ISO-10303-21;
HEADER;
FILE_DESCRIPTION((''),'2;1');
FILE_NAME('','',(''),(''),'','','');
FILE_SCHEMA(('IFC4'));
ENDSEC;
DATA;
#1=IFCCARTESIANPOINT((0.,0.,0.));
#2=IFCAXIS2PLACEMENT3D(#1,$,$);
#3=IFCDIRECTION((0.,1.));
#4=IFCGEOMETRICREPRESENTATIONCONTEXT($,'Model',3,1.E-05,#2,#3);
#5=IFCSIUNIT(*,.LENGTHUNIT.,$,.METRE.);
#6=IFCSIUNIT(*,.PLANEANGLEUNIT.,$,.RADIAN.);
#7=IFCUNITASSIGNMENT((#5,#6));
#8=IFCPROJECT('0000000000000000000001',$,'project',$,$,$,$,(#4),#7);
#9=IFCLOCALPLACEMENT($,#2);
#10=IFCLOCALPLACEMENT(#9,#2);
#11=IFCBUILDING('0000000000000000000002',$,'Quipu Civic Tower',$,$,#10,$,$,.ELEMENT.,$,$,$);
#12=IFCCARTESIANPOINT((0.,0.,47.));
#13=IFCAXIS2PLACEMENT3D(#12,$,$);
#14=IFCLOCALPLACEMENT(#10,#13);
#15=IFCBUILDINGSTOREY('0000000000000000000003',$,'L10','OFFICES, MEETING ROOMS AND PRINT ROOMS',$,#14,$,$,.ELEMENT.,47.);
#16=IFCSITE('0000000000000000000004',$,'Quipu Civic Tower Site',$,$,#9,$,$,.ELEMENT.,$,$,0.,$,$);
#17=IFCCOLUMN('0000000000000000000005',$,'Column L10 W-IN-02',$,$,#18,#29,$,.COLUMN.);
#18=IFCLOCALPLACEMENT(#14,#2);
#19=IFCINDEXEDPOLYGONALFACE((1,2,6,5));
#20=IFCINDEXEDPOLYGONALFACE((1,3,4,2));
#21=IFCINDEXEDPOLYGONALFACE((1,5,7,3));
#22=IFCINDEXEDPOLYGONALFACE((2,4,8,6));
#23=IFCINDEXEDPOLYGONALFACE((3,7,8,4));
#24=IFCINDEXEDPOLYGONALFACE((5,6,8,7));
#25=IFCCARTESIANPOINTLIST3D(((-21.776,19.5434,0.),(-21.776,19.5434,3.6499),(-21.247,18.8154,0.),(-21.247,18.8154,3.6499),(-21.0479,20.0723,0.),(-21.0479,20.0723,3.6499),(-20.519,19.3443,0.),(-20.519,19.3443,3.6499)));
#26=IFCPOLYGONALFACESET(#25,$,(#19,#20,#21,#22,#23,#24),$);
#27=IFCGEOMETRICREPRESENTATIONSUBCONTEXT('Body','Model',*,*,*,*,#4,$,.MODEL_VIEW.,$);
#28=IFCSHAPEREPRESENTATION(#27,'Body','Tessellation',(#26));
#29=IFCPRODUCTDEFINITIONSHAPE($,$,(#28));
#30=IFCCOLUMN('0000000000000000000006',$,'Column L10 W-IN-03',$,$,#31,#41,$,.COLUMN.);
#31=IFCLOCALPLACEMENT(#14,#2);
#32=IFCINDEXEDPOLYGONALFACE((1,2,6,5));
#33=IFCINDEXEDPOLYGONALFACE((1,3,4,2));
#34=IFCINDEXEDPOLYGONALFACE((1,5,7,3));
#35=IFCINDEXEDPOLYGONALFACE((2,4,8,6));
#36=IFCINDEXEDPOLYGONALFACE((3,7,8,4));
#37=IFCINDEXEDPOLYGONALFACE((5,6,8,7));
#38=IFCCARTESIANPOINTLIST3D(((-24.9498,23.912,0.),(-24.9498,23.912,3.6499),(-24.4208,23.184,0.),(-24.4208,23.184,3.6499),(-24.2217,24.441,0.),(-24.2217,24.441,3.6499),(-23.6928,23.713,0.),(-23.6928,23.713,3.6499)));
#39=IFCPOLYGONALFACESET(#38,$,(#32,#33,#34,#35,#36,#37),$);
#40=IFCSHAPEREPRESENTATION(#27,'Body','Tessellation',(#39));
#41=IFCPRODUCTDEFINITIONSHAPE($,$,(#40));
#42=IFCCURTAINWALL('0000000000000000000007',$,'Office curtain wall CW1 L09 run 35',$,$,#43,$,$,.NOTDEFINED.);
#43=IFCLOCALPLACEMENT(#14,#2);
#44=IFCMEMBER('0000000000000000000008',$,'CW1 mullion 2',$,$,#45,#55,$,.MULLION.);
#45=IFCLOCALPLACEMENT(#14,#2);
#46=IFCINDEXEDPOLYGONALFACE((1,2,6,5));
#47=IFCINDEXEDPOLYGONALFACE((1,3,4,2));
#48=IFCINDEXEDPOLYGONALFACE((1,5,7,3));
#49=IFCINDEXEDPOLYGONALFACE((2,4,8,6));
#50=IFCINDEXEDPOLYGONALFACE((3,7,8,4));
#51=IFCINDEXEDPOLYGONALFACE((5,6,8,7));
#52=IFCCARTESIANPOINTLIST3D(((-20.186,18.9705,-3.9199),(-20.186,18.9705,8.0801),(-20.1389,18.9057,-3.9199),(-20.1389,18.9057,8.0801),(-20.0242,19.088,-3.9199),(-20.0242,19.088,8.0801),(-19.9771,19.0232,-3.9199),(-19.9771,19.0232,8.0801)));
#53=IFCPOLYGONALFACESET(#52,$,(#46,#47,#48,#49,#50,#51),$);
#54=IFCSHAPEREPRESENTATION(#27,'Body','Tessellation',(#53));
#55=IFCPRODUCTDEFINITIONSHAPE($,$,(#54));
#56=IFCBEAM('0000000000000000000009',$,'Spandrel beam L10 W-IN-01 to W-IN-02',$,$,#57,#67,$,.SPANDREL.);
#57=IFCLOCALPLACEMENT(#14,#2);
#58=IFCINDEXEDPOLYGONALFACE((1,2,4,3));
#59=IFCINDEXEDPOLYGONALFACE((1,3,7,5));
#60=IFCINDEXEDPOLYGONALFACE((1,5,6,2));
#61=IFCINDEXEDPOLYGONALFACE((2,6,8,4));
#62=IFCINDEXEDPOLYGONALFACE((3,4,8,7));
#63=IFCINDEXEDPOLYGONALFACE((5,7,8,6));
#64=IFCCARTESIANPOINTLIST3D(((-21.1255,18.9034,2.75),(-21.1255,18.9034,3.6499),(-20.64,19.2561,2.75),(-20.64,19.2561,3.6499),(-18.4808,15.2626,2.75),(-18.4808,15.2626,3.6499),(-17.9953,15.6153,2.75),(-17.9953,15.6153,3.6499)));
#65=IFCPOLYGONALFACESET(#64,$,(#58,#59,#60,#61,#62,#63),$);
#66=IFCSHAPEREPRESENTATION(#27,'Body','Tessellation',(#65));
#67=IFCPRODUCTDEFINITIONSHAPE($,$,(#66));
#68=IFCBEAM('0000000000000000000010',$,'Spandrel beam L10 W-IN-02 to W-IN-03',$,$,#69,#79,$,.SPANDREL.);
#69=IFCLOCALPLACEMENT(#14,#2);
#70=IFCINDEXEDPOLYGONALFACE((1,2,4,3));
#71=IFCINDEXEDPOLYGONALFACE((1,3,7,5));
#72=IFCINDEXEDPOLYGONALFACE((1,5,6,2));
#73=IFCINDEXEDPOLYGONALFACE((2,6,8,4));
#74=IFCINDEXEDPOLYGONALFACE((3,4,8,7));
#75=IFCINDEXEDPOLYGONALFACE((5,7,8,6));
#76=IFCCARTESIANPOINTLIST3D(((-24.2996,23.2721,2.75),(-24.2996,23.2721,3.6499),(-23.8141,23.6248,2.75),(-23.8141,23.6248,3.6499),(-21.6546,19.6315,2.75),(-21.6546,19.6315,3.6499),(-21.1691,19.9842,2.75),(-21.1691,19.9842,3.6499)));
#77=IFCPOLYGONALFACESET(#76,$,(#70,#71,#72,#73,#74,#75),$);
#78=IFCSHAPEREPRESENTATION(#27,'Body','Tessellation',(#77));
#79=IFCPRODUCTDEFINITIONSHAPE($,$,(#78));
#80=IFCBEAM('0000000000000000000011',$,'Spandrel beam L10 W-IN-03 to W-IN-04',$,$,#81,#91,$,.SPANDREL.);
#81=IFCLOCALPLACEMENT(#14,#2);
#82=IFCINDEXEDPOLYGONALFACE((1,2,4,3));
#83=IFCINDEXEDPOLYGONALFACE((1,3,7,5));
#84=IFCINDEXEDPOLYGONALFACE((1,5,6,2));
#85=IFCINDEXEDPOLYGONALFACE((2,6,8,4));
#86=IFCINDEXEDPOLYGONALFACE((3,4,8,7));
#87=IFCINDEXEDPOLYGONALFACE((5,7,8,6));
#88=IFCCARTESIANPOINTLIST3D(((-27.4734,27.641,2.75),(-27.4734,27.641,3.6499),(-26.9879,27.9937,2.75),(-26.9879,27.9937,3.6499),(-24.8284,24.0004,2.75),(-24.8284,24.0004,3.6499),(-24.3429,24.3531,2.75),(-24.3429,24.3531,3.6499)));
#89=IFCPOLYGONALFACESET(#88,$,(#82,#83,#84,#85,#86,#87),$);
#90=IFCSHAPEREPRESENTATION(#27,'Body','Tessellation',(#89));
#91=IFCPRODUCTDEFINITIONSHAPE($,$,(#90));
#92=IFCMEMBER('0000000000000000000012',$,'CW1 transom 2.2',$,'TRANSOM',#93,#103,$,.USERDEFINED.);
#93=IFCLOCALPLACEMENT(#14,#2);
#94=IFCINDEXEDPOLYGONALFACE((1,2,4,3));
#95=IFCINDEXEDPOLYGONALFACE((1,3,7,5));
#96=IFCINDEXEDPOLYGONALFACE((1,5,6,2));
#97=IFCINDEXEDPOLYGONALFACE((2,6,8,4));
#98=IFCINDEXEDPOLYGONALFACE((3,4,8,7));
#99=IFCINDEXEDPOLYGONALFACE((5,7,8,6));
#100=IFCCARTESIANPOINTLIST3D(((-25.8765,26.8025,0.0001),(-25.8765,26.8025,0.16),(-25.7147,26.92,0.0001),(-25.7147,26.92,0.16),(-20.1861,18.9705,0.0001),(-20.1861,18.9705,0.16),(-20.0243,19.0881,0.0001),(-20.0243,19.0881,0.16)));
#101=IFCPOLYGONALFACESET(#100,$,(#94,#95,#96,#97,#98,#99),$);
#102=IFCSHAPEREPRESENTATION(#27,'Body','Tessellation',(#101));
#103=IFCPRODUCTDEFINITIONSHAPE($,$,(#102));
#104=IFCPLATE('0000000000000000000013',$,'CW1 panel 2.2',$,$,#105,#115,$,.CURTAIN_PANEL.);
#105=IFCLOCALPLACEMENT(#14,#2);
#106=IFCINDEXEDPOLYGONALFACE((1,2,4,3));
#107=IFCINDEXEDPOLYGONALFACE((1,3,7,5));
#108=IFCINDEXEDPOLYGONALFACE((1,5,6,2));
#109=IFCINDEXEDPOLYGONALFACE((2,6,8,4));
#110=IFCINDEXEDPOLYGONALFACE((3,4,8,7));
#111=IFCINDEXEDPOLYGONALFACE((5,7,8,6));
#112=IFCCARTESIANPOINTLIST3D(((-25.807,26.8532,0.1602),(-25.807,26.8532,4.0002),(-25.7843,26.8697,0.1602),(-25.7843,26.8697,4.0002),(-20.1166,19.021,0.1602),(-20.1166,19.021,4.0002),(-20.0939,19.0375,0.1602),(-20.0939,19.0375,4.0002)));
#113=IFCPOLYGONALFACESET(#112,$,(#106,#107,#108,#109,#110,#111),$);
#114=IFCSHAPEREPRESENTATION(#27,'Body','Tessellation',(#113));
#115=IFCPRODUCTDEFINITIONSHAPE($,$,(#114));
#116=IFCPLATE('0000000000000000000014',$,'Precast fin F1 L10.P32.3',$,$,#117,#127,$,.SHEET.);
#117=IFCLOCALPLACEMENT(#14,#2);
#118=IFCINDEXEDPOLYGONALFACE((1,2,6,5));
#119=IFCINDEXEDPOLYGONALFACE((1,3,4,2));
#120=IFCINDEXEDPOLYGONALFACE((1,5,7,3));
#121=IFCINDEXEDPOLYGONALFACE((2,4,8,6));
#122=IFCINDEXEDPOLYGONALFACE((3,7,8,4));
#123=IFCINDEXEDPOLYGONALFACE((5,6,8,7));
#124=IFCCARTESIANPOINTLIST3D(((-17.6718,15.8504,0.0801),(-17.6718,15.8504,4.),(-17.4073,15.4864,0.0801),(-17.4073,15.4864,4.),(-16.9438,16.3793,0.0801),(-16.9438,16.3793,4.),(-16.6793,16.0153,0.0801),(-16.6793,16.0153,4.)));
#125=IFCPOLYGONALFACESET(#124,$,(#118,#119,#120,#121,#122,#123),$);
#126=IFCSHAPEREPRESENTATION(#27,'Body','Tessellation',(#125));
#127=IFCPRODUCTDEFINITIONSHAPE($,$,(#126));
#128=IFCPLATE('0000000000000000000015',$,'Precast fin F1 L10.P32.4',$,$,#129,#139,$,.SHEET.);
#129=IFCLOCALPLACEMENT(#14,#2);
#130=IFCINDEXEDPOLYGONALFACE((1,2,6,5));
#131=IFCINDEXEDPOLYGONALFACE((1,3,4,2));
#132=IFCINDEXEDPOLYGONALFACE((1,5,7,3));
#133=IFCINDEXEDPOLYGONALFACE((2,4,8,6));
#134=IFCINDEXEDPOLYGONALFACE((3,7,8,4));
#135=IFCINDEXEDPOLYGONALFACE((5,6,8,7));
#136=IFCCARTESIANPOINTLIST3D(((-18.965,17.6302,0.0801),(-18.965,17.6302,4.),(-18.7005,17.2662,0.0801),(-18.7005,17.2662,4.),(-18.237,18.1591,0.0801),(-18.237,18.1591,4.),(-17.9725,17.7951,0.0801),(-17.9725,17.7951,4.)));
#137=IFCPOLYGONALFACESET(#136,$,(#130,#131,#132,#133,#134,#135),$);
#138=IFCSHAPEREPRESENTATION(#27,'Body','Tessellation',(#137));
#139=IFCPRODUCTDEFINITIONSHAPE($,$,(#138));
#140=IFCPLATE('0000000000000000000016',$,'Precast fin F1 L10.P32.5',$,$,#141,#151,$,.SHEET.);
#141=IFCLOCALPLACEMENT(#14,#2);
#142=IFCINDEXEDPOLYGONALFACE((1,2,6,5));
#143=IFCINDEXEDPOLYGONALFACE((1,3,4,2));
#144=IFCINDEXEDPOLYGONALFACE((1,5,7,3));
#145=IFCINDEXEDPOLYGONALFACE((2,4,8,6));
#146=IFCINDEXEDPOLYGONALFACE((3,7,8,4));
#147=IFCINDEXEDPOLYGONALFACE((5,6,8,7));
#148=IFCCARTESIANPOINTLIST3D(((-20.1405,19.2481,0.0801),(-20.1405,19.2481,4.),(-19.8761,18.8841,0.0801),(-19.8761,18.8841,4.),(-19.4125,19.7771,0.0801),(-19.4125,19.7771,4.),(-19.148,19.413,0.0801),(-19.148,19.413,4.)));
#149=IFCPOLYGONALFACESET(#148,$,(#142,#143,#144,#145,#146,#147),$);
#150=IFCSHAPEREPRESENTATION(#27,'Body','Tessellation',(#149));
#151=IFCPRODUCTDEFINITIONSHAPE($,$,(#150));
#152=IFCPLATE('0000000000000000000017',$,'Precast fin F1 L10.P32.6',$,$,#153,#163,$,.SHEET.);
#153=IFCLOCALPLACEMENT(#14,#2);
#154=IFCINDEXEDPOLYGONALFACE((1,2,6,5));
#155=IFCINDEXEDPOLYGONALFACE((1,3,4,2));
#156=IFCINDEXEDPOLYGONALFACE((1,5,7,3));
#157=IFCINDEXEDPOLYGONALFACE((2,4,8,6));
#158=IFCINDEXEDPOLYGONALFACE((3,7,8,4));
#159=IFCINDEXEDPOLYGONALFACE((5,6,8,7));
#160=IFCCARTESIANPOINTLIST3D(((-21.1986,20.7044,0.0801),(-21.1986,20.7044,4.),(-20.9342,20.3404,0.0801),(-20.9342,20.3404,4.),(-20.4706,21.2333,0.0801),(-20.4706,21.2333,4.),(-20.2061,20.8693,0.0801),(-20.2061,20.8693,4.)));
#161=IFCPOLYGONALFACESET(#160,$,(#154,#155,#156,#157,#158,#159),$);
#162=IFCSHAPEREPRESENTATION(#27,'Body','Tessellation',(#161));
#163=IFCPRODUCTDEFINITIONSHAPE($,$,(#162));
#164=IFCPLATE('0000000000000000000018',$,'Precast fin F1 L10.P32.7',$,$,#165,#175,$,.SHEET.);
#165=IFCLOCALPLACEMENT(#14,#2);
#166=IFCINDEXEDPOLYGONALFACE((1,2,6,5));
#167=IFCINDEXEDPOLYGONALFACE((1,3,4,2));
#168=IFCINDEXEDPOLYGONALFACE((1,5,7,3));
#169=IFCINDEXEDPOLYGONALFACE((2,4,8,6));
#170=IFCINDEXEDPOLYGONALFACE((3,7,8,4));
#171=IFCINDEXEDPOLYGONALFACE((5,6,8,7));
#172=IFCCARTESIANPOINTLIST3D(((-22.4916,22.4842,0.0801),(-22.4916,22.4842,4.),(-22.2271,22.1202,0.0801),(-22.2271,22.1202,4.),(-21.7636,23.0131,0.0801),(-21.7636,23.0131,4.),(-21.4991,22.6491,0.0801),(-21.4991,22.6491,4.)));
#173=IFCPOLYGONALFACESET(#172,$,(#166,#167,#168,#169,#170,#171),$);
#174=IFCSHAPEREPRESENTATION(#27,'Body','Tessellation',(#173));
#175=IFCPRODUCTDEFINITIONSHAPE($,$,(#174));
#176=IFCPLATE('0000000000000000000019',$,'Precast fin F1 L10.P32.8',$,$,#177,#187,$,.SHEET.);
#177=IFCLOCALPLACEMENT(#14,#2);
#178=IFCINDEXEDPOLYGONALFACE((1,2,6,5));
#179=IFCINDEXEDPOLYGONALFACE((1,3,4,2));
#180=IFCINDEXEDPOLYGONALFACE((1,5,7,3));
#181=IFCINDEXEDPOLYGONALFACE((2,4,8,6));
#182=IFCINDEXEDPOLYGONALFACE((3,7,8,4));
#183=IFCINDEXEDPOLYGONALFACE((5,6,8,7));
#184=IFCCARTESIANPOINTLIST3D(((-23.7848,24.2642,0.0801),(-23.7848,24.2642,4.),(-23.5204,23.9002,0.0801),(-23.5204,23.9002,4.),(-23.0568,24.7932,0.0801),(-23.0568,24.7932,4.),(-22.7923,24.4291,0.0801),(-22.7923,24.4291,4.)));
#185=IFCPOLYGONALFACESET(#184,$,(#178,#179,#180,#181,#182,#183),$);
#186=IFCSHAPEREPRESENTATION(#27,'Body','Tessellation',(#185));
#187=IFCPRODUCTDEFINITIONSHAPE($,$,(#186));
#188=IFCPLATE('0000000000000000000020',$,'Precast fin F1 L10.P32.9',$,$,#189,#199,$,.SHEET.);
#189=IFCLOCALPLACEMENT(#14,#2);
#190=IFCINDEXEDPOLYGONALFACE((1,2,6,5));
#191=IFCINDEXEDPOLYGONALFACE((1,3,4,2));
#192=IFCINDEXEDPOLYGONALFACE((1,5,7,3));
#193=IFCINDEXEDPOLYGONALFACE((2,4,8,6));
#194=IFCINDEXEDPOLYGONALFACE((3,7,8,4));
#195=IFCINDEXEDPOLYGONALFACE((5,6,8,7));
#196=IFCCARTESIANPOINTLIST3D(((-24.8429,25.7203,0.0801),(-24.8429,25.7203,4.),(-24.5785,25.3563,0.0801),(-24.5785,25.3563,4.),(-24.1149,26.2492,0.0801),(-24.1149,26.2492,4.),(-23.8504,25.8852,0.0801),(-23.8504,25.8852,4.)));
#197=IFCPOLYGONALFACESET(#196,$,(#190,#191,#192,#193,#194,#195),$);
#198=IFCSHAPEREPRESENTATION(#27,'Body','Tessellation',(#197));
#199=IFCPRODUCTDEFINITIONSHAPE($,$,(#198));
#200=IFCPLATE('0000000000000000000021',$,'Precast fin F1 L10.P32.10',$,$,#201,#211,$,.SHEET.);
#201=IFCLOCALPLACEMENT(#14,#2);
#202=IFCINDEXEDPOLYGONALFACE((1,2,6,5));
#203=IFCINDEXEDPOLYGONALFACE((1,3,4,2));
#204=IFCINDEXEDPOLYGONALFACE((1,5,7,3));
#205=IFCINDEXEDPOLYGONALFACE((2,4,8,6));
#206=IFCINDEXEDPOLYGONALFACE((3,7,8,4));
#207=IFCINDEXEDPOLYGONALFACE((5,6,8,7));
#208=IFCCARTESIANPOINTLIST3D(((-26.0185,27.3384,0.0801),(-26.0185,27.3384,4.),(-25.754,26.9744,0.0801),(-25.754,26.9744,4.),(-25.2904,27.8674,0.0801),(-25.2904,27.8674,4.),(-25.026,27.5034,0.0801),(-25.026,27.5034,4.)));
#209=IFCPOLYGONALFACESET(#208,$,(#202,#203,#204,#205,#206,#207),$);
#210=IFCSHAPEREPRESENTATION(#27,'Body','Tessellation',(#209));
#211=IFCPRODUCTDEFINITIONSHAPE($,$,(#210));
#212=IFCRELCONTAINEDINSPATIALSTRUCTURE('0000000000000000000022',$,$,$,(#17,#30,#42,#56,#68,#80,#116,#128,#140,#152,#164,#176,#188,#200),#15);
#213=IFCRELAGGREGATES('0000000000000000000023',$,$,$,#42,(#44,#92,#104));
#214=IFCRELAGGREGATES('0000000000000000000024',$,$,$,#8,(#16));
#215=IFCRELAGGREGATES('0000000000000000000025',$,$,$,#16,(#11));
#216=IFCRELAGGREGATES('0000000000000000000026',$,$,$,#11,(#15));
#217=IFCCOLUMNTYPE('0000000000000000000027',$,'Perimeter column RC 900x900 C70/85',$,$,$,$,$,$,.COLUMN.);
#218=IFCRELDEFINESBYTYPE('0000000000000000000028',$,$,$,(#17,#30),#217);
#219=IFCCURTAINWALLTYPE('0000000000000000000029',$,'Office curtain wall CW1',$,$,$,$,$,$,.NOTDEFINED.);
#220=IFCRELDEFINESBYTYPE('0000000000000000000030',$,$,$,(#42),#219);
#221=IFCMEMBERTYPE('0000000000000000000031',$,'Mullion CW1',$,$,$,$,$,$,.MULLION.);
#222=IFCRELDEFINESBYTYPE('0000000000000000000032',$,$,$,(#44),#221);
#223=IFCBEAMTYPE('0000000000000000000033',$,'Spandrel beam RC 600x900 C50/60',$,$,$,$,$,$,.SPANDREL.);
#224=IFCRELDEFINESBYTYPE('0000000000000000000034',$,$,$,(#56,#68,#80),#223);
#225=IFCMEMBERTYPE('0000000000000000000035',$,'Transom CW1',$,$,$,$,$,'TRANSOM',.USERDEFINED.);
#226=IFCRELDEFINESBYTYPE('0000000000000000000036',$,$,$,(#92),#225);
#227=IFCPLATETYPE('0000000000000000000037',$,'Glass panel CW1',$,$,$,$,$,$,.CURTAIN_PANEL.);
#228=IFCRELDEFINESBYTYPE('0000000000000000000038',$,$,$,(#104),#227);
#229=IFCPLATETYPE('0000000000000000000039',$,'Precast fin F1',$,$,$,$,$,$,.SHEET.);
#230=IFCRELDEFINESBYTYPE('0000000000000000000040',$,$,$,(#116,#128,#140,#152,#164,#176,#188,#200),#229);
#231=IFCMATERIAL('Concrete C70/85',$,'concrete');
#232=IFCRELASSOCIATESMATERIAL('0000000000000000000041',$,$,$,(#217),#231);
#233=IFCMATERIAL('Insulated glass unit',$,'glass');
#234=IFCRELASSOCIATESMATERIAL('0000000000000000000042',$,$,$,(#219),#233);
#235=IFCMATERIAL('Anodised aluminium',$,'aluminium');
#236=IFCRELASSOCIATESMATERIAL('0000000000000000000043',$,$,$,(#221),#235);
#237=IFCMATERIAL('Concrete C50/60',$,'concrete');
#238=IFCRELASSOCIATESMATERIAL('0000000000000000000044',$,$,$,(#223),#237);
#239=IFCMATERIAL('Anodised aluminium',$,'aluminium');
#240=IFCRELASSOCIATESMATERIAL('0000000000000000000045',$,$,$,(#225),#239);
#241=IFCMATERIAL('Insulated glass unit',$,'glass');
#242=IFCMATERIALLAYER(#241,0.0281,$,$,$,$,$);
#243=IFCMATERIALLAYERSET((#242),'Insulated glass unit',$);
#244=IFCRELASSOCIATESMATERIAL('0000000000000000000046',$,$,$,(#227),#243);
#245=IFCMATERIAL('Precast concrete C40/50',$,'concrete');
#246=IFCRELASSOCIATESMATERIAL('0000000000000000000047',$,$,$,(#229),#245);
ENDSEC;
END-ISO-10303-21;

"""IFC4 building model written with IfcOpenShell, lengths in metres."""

from ifc_helpers import new_model, si_unit, direction, frame, origin, origin_2d, place, context, subcontext, project, spatial, rectangle, extrude, material, layer, layer_set, material_profile, profile_set, type_object, element, aggregate, save


model = new_model("IFC4")

# Units and contexts
model_context = context("Model", 3, precision=1e-05, world=origin(), true_north=direction((0.0, 1.0)))
body_context = subcontext(model_context, "Body", "Model", "MODEL_VIEW")
ifc_project = project(units=[si_unit("LENGTHUNIT", "METRE"), si_unit("PLANEANGLEUNIT", "RADIAN")], contexts=[model_context])

# Site, building, storey
site_placement = place(None, origin())
site = spatial("IfcSite", under=ifc_project, at=site_placement, Name="Quipu Civic Tower Site", CompositionType="ELEMENT", RefElevation=0.0)
building_placement = place(site_placement, origin())
building = spatial("IfcBuilding", under=site, at=building_placement, Name="Quipu Civic Tower", CompositionType="ELEMENT")
storey_placement = place(building_placement, frame((0.0, 0.0, 47.0)))
storey = spatial("IfcBuildingStorey", under=building, at=storey_placement, Name="L10", Description="OFFICES, MEETING ROOMS AND PRINT ROOMS", CompositionType="ELEMENT", Elevation=47.0)

# Columns
ifc_material_1 = material(Name="Concrete C70/85", Category="concrete")
ifc_material_profile_1 = material_profile(ifc_material_1, rectangle(XDim=0.8999, YDim=0.8999, at=origin_2d()), Name="RC900x900")
ifc_profile_set_1 = profile_set([ifc_material_profile_1], Name="Concrete C70/85")
column_type = type_object("IfcColumnType", Name="Perimeter column RC 900x900 C70/85", PredefinedType="COLUMN", material=ifc_profile_set_1)
for number, where, z_axis, x_axis, name in (
    (1, (-21.1475, 19.4438, 0.0), (0.0, 0.0, 1.0), (-0.587785, 0.809017, 0.0), "Column L10 W-IN-02"),
    (2, (-24.3213, 23.8125, 0.0), (0.0, 0.0, 1.0), (-0.587785, 0.809017, 0.0), "Column L10 W-IN-03"),
):
    element("IfcColumn", number, at=place(storey_placement, frame(where, z_axis=z_axis, x_axis=x_axis)), inside=storey, type_object=column_type, Name=name, PredefinedType="COLUMN", context=body_context, shape_type="SweptSolid", body=[
        extrude(rectangle(XDim=0.8999, YDim=0.8999, at=origin_2d()), origin(), (0.0, 0.0, 1.0), 3.6499),
    ])

# Curtain wall, member
ifc_material_2 = material(Name="Insulated glass unit", Category="glass")
curtain_wall_type = type_object("IfcCurtainWallType", Name="Office curtain wall CW1", PredefinedType="NOTDEFINED", material=ifc_material_2)
curtain_wall_placement = place(storey_placement, origin())
curtain_wall = element("IfcCurtainWall", 3, at=curtain_wall_placement, inside=storey, type_object=curtain_wall_type, Name="Office curtain wall CW1 L09 run 35", PredefinedType="NOTDEFINED")
ifc_material_3 = material(Name="Anodised aluminium", Category="aluminium")
ifc_material_profile_2 = material_profile(ifc_material_3, rectangle(XDim=0.2, YDim=0.0801, at=origin_2d()), Name="RECT 200x80")
ifc_profile_set_2 = profile_set([ifc_material_profile_2], Name="Anodised aluminium")
member_type_1 = type_object("IfcMemberType", Name="Mullion CW1", PredefinedType="MULLION", material=ifc_profile_set_2)
member_1_placement = place(storey_placement, frame((-20.0815, 18.9968, -3.9199), z_axis=(0.0, 0.0, 1.0), x_axis=(-0.809017, -0.587786, 0.0)))
member_1 = element("IfcMember", 4, at=member_1_placement, type_object=member_type_1, Name="CW1 mullion 2", PredefinedType="MULLION", context=body_context, shape_type="SweptSolid", body=[
    extrude(rectangle(XDim=0.2, YDim=0.0801, at=origin_2d()), origin(), (0.0, 0.0, 1.0), 12.0),
])

# Beams
ifc_material_4 = material(Name="Concrete C50/60", Category="concrete")
ifc_material_profile_3 = material_profile(ifc_material_4, rectangle(XDim=0.6001, YDim=0.8999, at=origin_2d()), Name="RC600x900")
ifc_profile_set_3 = profile_set([ifc_material_profile_3], Name="Concrete C50/60")
beam_type = type_object("IfcBeamType", Name="Spandrel beam RC 600x900 C50/60", PredefinedType="SPANDREL", material=ifc_profile_set_3)
for number, where, z_axis, x_axis, name in (
    (5, (-18.238, 15.439, 3.2), (-0.587717, 0.809067, 0.0), (-0.809067, -0.587717, 0.0), "Spandrel beam L10 W-IN-01 to W-IN-02"),
    (6, (-21.4119, 19.8079, 3.2), (-0.587778, 0.809022, 0.0), (-0.809022, -0.587778, 0.0), "Spandrel beam L10 W-IN-02 to W-IN-03"),
    (7, (-24.5857, 24.1768, 3.2), (-0.587778, 0.809022, 0.0), (-0.809022, -0.587778, 0.0), "Spandrel beam L10 W-IN-03 to W-IN-04"),
):
    element("IfcBeam", number, at=place(storey_placement, frame(where, z_axis=z_axis, x_axis=x_axis)), inside=storey, type_object=beam_type, Name=name, PredefinedType="SPANDREL", context=body_context, shape_type="SweptSolid", body=[
        extrude(rectangle(XDim=0.6001, YDim=0.8999, at=origin_2d()), origin(), (0.0, 0.0, 1.0), 4.5),
    ])

# Member
ifc_material_5 = material(Name="Anodised aluminium", Category="aluminium")
ifc_material_profile_4 = material_profile(ifc_material_5, rectangle(XDim=0.2, YDim=0.1599, at=origin_2d()), Name="RECT 200x160")
ifc_profile_set_4 = profile_set([ifc_material_profile_4], Name="Anodised aluminium")
member_type_2 = type_object("IfcMemberType", Name="Transom CW1", ElementType="TRANSOM", PredefinedType="USERDEFINED", material=ifc_profile_set_4)
member_2_placement = place(storey_placement, frame((-20.1052, 19.0293, 0.0801), z_axis=(-0.587794, 0.809011, 0.0), x_axis=(-0.809011, -0.587794, 0.0)))
member_2 = element("IfcMember", 8, at=member_2_placement, type_object=member_type_2, Name="CW1 transom 2.2", ObjectType="TRANSOM", PredefinedType="USERDEFINED", context=body_context, shape_type="SweptSolid", body=[
    extrude(rectangle(XDim=0.2, YDim=0.1599, at=origin_2d()), origin(), (0.0, 0.0, 1.0), 9.6809),
])

# Plate
ifc_material_6 = material(Name="Insulated glass unit", Category="glass")
ifc_layer_1 = layer(ifc_material_6, 0.0281)
ifc_layer_set_1 = layer_set([ifc_layer_1], Name="Insulated glass unit")
plate_type_1 = type_object("IfcPlateType", Name="Glass panel CW1", PredefinedType="CURTAIN_PANEL", material=ifc_layer_set_1)
plate_placement = place(storey_placement, frame((-22.9504, 22.9453, 0.1602), z_axis=(0.0, 0.0, 1.0), x_axis=(-0.587786, 0.809017, 0.0)))
plate = element("IfcPlate", 9, at=plate_placement, type_object=plate_type_1, Name="CW1 panel 2.2", PredefinedType="CURTAIN_PANEL", context=body_context, shape_type="SweptSolid", body=[
    extrude(rectangle(XDim=9.6812, YDim=0.0281, at=origin_2d()), origin(), (0.0, 0.0, 1.0), 3.8401),
])
aggregate(curtain_wall, [member_1, member_2, plate])

# Plates
ifc_material_7 = material(Name="Precast concrete C40/50", Category="concrete")
plate_type_2 = type_object("IfcPlateType", Name="Precast fin F1", PredefinedType="SHEET", material=ifc_material_7)
for number, where, z_axis, x_axis, name in (
    (10, (-17.1755, 15.9329, 0.0801), (0.0, 0.0, 1.0), (-0.587785, 0.809017, 0.0), "Precast fin F1 L10.P32.3"),
    (11, (-18.4688, 17.7126, 0.0801), (0.0, 0.0, 1.0), (-0.587785, 0.809017, 0.0), "Precast fin F1 L10.P32.4"),
    (12, (-19.6443, 19.3306, 0.0801), (0.0, 0.0, 1.0), (-0.587785, 0.809017, 0.0), "Precast fin F1 L10.P32.5"),
    (13, (-20.7024, 20.7869, 0.0801), (0.0, 0.0, 1.0), (-0.587785, 0.809017, 0.0), "Precast fin F1 L10.P32.6"),
    (14, (-21.9954, 22.5667, 0.0801), (0.0, 0.0, 1.0), (-0.587785, 0.809017, 0.0), "Precast fin F1 L10.P32.7"),
    (15, (-23.2886, 24.3467, 0.0801), (0.0, 0.0, 1.0), (-0.587785, 0.809017, 0.0), "Precast fin F1 L10.P32.8"),
    (16, (-24.3467, 25.8027, 0.0801), (0.0, 0.0, 1.0), (-0.587785, 0.809017, 0.0), "Precast fin F1 L10.P32.9"),
    (17, (-25.5222, 27.4209, 0.0801), (0.0, 0.0, 1.0), (-0.587785, 0.809017, 0.0), "Precast fin F1 L10.P32.10"),
):
    element("IfcPlate", number, at=place(storey_placement, frame(where, z_axis=z_axis, x_axis=x_axis)), inside=storey, type_object=plate_type_2, Name=name, PredefinedType="SHEET", context=body_context, shape_type="SweptSolid", body=[
        extrude(rectangle(XDim=0.45, YDim=0.8999, at=origin_2d()), origin(), (0.0, 0.0, 1.0), 3.9199),
    ])

save(model, "model.ifc")
